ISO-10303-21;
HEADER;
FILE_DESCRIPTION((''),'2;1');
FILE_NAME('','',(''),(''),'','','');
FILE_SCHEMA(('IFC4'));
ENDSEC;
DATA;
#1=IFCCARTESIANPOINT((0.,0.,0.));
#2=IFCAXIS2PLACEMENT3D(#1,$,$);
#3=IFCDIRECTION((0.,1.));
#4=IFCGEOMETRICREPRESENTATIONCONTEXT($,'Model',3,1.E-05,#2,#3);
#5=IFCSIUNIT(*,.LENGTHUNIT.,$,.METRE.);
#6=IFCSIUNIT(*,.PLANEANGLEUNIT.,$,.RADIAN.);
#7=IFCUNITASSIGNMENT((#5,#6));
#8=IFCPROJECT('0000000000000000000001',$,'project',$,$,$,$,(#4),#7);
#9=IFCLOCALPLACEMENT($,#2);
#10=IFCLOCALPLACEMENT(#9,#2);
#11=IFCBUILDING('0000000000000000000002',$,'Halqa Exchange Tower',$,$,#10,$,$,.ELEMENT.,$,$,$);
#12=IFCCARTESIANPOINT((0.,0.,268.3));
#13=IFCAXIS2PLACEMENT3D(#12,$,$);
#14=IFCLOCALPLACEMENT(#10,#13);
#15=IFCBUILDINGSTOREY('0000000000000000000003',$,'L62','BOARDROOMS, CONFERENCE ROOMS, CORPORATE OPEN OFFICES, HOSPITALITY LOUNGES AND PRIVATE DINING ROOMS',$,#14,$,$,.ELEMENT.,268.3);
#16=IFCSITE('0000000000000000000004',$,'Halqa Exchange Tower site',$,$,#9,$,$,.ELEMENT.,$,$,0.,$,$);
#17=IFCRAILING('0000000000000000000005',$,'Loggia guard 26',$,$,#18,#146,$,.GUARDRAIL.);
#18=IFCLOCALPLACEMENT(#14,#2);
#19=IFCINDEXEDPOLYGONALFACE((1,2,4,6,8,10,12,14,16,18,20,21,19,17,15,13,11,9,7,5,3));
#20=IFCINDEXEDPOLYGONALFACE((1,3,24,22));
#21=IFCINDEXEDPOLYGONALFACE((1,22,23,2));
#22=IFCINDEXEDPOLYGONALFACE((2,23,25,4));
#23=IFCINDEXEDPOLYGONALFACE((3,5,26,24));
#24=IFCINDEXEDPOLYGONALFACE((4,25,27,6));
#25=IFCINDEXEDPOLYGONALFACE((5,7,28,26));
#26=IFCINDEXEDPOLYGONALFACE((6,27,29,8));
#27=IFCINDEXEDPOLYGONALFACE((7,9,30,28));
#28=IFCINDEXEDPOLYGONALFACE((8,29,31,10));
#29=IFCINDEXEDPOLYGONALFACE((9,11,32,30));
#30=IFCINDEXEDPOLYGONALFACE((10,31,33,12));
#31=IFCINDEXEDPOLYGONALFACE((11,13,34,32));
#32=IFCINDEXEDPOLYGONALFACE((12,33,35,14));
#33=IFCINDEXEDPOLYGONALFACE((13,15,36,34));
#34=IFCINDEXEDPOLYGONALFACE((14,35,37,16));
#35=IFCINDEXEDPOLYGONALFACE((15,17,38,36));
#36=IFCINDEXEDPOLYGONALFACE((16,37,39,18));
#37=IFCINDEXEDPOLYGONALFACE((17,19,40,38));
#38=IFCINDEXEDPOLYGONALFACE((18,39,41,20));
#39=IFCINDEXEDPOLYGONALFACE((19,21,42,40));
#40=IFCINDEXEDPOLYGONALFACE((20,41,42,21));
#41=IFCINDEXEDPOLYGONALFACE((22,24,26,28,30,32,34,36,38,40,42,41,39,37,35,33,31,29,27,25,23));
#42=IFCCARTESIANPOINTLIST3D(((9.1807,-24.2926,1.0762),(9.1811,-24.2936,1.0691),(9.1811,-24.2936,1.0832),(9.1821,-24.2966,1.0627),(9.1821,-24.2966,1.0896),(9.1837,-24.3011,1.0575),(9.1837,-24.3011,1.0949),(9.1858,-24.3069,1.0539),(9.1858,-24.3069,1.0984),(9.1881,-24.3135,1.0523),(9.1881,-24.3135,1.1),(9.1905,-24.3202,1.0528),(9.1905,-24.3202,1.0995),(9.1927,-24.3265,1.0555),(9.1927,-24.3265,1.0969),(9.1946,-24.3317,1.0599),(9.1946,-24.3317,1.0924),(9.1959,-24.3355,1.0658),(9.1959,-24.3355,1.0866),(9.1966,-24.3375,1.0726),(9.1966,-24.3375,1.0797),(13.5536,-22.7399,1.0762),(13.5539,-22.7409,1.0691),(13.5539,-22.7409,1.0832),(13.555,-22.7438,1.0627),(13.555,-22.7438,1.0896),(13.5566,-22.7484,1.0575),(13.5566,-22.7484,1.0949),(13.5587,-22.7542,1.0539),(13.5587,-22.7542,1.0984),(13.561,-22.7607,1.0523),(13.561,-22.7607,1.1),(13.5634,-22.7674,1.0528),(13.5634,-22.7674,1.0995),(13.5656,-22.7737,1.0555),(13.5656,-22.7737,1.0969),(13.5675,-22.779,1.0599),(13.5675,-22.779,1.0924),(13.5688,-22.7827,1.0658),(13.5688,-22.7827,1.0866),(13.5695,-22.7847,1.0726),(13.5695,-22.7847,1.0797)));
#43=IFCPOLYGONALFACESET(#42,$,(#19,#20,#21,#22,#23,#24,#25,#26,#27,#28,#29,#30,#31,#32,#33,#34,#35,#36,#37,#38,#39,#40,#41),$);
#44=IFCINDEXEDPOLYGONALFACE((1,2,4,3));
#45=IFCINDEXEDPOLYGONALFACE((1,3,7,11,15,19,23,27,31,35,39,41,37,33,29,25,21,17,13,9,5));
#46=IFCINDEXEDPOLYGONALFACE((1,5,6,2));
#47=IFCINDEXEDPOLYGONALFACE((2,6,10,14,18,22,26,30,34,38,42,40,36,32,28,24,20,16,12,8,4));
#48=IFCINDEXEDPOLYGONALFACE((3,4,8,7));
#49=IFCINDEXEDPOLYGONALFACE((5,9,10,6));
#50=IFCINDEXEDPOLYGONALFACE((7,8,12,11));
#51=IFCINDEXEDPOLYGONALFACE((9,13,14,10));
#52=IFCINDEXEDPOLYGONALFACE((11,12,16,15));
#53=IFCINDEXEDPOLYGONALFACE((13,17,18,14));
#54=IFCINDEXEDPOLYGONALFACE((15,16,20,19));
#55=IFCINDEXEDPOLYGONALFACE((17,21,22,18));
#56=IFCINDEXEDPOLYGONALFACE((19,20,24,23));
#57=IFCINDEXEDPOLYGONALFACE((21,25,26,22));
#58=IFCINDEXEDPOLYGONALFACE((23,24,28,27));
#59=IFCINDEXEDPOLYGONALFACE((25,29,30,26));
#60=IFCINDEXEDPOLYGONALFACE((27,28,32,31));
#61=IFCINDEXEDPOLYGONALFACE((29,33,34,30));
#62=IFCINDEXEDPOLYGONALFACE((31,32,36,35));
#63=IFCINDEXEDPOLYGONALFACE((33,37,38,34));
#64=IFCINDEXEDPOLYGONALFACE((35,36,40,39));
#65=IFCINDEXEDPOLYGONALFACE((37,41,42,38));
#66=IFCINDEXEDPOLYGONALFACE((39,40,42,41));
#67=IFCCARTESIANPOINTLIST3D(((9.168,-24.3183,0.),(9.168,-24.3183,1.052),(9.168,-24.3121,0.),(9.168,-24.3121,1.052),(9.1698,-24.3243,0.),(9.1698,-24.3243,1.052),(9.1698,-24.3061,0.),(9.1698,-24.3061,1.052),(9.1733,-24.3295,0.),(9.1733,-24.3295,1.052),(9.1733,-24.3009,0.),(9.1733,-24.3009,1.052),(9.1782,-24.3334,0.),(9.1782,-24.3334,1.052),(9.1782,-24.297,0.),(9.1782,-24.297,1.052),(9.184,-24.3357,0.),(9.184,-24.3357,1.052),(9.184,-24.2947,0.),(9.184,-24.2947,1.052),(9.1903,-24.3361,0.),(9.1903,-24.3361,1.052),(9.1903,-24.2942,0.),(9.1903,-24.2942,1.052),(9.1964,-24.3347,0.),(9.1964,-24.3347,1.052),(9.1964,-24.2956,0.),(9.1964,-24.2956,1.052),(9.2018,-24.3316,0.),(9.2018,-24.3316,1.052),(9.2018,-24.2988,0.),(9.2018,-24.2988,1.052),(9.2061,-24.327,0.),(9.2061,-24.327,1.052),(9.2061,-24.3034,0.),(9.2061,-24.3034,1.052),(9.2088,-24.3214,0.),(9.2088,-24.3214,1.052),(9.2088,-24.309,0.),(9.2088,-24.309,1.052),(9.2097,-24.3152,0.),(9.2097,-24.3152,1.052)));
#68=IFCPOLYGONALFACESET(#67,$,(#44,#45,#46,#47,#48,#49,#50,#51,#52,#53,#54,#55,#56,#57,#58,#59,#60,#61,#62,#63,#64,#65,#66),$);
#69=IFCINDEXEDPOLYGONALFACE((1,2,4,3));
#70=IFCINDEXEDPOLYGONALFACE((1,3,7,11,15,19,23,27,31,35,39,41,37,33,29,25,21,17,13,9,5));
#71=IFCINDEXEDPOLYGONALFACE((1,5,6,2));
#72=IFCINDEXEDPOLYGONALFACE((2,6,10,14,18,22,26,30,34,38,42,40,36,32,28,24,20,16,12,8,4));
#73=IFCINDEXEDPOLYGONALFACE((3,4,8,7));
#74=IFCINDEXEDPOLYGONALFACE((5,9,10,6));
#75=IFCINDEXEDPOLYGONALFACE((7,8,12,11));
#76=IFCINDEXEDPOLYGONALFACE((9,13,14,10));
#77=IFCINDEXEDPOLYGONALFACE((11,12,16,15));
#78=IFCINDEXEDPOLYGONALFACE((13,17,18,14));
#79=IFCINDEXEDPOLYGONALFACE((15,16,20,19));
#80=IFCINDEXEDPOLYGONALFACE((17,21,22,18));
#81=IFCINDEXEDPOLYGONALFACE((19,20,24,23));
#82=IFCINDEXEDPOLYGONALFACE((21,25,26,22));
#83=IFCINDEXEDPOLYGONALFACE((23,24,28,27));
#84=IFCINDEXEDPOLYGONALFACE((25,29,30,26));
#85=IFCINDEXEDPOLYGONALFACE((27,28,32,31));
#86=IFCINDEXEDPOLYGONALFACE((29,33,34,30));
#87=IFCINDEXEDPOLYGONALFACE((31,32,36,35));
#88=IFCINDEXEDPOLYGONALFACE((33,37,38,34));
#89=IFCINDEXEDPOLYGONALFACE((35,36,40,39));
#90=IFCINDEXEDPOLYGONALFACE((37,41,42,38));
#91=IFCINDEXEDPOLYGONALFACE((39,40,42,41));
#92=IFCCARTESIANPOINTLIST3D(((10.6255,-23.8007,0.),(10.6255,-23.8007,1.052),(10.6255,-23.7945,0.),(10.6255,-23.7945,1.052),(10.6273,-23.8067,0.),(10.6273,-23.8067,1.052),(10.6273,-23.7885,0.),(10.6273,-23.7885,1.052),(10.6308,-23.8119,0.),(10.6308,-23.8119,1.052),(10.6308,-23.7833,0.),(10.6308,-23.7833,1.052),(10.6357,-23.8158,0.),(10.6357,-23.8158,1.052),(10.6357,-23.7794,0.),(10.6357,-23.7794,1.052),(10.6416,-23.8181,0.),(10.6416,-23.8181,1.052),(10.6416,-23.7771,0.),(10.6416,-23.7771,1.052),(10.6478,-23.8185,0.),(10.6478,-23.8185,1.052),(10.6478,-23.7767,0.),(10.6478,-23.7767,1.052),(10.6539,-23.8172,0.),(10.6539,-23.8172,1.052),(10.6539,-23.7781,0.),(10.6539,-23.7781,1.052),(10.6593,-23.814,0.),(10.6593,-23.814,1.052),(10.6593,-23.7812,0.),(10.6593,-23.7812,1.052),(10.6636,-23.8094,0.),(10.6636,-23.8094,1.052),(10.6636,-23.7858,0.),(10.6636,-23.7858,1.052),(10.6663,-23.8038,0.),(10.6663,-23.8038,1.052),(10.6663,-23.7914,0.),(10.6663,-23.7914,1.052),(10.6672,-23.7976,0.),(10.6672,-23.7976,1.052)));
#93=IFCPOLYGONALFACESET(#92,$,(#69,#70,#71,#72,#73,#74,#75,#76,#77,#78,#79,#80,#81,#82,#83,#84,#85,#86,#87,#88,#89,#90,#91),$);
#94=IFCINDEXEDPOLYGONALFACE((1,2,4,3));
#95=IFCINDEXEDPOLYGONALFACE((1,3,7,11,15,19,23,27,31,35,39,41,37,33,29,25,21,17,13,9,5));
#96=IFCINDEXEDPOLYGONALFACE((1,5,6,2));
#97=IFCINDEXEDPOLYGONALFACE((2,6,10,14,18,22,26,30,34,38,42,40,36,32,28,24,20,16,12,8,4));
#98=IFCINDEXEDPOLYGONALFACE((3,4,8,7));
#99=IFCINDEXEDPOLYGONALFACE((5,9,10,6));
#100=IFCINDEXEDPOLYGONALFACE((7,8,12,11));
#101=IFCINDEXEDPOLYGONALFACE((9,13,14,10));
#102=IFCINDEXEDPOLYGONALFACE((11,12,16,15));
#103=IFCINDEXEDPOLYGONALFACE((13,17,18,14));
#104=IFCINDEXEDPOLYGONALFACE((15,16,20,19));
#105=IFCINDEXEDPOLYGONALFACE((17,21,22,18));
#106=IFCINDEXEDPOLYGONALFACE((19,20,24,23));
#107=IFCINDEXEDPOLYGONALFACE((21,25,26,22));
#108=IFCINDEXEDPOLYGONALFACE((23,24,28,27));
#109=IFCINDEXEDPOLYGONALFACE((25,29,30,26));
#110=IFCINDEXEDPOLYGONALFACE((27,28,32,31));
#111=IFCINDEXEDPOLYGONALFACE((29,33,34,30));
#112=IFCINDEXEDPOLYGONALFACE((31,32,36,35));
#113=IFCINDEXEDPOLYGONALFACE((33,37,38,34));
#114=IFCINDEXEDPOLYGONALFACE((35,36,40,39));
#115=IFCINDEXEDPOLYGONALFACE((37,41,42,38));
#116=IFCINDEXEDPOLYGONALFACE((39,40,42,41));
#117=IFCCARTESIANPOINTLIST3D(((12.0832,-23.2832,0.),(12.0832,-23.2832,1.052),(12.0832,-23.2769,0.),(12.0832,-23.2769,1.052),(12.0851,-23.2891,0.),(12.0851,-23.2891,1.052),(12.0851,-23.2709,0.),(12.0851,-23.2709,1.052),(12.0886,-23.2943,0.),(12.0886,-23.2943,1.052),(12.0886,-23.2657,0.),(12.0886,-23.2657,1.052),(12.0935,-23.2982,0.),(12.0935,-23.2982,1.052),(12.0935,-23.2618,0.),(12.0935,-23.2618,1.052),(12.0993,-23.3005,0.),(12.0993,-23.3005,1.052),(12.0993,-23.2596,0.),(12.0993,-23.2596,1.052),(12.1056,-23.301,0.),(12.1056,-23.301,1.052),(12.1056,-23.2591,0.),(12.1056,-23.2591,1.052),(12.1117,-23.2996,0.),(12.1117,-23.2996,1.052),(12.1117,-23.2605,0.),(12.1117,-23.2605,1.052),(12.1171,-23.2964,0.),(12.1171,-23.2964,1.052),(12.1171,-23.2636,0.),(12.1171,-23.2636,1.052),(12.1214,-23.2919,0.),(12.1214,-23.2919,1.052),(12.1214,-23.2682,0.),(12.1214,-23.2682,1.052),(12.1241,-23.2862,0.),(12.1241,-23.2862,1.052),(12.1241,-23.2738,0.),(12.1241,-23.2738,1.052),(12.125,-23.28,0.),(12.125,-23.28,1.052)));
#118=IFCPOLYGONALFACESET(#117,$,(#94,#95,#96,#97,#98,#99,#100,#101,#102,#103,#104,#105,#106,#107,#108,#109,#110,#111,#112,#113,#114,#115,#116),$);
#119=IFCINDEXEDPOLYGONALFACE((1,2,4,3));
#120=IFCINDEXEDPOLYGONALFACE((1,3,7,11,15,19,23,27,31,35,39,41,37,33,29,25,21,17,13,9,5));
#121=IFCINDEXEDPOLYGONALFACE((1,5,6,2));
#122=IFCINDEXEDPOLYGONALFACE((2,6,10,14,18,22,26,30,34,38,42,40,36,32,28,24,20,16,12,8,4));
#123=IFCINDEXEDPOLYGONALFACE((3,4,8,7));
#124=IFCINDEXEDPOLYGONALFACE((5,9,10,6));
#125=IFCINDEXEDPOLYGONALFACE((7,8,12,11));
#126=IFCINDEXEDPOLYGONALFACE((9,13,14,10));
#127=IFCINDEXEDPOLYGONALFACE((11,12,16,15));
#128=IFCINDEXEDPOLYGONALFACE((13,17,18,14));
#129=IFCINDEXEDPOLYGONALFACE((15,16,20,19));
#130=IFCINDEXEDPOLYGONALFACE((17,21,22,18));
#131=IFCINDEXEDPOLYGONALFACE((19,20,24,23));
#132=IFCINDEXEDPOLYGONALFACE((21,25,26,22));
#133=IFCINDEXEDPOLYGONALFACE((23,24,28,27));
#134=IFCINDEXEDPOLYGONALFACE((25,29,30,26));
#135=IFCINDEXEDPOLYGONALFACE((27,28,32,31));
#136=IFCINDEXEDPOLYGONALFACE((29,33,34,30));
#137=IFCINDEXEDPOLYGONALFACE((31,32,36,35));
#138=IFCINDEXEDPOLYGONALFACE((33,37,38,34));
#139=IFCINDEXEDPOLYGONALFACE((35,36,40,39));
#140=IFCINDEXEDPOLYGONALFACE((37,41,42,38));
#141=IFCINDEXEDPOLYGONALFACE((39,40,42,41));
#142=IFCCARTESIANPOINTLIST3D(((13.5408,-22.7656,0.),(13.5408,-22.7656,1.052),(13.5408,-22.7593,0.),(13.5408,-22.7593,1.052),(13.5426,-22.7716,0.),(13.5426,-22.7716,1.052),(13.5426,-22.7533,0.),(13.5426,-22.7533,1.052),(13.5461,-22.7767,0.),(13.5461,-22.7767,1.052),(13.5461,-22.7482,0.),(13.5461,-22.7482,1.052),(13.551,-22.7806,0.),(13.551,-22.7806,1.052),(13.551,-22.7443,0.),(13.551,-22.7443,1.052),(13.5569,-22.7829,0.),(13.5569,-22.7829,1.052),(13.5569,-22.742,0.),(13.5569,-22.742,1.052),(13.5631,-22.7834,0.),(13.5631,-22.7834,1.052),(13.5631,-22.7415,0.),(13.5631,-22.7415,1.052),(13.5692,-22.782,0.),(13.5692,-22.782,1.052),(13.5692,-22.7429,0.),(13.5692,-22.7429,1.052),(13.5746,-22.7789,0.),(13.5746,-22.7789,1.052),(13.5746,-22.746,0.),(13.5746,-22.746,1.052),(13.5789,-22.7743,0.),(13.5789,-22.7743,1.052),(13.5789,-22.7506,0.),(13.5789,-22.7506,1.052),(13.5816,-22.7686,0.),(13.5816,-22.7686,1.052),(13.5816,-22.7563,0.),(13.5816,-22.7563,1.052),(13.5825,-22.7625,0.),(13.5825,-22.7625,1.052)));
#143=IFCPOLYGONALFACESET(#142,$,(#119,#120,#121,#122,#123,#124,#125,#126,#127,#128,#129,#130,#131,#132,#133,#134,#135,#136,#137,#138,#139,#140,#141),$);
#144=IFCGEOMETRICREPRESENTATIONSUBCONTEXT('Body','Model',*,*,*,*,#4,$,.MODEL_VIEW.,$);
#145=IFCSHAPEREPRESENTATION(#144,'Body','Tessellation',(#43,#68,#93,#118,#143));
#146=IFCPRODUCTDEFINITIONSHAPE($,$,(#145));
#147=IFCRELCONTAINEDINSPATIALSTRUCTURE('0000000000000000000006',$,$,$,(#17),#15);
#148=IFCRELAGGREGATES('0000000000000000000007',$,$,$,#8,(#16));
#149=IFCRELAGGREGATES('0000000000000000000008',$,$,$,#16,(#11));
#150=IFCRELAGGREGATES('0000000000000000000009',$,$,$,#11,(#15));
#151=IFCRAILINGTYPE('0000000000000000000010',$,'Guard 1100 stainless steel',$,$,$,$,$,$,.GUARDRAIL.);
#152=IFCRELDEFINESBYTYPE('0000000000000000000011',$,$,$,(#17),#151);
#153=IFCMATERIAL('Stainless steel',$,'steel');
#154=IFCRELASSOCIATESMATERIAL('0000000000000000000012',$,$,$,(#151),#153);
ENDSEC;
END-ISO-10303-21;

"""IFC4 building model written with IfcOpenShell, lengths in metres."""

from ifc_helpers import new_model, si_unit, direction, frame, origin, origin_2d, place, context, subcontext, project, spatial, circle, extrude, material, type_object, element, save


model = new_model("IFC4")

# Units and contexts
model_context = context("Model", 3, precision=1e-05, world=origin(), true_north=direction((0.0, 1.0)))
body_context = subcontext(model_context, "Body", "Model", "MODEL_VIEW")
ifc_project = project(units=[si_unit("LENGTHUNIT", "METRE"), si_unit("PLANEANGLEUNIT", "RADIAN")], contexts=[model_context])

# Site, building, storey
site_placement = place(None, origin())
site = spatial("IfcSite", under=ifc_project, at=site_placement, Name="Halqa Exchange Tower site", CompositionType="ELEMENT", RefElevation=0.0)
building_placement = place(site_placement, origin())
building = spatial("IfcBuilding", under=site, at=building_placement, Name="Halqa Exchange Tower", CompositionType="ELEMENT")
storey_placement = place(building_placement, frame((0.0, 0.0, 268.3)))
storey = spatial("IfcBuildingStorey", under=building, at=storey_placement, Name="L62", Description="BOARDROOMS, CONFERENCE ROOMS, CORPORATE OPEN OFFICES, HOSPITALITY LOUNGES AND PRIVATE DINING ROOMS", CompositionType="ELEMENT", Elevation=268.3)

# Railing
ifc_material_1 = material(Name="Stainless steel", Category="steel")
railing_type = type_object("IfcRailingType", Name="Guard 1100 stainless steel", PredefinedType="GUARDRAIL", material=ifc_material_1)
railing_1_placement = place(storey_placement, frame((9.1887, -24.3152, 0.0)))
element("IfcRailing", 1, at=railing_1_placement, inside=storey, type_object=railing_type, Name="Loggia guard 26", PredefinedType="GUARDRAIL", context=body_context, shape_type="SweptSolid", body=[
    extrude(circle(Radius=0.0239, at=origin_2d()), frame((0.0, 0.0, 1.0762), z_axis=(0.942353, 0.334619, 0.0), x_axis=(-0.334619, 0.942353, 0.0)), (0.0, 0.0, 1.0), 4.6404),
    extrude(circle(Radius=0.021, at=origin_2d()), origin(), (0.0, 0.0, 1.0), 1.052),
    extrude(circle(Radius=0.021, at=origin_2d()), frame((1.4575, 0.5176, 0.0)), (0.0, 0.0, 1.0), 1.052),
    extrude(circle(Radius=0.021, at=origin_2d()), frame((2.9153, 1.0352, 0.0)), (0.0, 0.0, 1.0), 1.052),
    extrude(circle(Radius=0.021, at=origin_2d()), frame((4.3728, 1.5527, 0.0)), (0.0, 0.0, 1.0), 1.052),
])

save(model, "model.ifc")
